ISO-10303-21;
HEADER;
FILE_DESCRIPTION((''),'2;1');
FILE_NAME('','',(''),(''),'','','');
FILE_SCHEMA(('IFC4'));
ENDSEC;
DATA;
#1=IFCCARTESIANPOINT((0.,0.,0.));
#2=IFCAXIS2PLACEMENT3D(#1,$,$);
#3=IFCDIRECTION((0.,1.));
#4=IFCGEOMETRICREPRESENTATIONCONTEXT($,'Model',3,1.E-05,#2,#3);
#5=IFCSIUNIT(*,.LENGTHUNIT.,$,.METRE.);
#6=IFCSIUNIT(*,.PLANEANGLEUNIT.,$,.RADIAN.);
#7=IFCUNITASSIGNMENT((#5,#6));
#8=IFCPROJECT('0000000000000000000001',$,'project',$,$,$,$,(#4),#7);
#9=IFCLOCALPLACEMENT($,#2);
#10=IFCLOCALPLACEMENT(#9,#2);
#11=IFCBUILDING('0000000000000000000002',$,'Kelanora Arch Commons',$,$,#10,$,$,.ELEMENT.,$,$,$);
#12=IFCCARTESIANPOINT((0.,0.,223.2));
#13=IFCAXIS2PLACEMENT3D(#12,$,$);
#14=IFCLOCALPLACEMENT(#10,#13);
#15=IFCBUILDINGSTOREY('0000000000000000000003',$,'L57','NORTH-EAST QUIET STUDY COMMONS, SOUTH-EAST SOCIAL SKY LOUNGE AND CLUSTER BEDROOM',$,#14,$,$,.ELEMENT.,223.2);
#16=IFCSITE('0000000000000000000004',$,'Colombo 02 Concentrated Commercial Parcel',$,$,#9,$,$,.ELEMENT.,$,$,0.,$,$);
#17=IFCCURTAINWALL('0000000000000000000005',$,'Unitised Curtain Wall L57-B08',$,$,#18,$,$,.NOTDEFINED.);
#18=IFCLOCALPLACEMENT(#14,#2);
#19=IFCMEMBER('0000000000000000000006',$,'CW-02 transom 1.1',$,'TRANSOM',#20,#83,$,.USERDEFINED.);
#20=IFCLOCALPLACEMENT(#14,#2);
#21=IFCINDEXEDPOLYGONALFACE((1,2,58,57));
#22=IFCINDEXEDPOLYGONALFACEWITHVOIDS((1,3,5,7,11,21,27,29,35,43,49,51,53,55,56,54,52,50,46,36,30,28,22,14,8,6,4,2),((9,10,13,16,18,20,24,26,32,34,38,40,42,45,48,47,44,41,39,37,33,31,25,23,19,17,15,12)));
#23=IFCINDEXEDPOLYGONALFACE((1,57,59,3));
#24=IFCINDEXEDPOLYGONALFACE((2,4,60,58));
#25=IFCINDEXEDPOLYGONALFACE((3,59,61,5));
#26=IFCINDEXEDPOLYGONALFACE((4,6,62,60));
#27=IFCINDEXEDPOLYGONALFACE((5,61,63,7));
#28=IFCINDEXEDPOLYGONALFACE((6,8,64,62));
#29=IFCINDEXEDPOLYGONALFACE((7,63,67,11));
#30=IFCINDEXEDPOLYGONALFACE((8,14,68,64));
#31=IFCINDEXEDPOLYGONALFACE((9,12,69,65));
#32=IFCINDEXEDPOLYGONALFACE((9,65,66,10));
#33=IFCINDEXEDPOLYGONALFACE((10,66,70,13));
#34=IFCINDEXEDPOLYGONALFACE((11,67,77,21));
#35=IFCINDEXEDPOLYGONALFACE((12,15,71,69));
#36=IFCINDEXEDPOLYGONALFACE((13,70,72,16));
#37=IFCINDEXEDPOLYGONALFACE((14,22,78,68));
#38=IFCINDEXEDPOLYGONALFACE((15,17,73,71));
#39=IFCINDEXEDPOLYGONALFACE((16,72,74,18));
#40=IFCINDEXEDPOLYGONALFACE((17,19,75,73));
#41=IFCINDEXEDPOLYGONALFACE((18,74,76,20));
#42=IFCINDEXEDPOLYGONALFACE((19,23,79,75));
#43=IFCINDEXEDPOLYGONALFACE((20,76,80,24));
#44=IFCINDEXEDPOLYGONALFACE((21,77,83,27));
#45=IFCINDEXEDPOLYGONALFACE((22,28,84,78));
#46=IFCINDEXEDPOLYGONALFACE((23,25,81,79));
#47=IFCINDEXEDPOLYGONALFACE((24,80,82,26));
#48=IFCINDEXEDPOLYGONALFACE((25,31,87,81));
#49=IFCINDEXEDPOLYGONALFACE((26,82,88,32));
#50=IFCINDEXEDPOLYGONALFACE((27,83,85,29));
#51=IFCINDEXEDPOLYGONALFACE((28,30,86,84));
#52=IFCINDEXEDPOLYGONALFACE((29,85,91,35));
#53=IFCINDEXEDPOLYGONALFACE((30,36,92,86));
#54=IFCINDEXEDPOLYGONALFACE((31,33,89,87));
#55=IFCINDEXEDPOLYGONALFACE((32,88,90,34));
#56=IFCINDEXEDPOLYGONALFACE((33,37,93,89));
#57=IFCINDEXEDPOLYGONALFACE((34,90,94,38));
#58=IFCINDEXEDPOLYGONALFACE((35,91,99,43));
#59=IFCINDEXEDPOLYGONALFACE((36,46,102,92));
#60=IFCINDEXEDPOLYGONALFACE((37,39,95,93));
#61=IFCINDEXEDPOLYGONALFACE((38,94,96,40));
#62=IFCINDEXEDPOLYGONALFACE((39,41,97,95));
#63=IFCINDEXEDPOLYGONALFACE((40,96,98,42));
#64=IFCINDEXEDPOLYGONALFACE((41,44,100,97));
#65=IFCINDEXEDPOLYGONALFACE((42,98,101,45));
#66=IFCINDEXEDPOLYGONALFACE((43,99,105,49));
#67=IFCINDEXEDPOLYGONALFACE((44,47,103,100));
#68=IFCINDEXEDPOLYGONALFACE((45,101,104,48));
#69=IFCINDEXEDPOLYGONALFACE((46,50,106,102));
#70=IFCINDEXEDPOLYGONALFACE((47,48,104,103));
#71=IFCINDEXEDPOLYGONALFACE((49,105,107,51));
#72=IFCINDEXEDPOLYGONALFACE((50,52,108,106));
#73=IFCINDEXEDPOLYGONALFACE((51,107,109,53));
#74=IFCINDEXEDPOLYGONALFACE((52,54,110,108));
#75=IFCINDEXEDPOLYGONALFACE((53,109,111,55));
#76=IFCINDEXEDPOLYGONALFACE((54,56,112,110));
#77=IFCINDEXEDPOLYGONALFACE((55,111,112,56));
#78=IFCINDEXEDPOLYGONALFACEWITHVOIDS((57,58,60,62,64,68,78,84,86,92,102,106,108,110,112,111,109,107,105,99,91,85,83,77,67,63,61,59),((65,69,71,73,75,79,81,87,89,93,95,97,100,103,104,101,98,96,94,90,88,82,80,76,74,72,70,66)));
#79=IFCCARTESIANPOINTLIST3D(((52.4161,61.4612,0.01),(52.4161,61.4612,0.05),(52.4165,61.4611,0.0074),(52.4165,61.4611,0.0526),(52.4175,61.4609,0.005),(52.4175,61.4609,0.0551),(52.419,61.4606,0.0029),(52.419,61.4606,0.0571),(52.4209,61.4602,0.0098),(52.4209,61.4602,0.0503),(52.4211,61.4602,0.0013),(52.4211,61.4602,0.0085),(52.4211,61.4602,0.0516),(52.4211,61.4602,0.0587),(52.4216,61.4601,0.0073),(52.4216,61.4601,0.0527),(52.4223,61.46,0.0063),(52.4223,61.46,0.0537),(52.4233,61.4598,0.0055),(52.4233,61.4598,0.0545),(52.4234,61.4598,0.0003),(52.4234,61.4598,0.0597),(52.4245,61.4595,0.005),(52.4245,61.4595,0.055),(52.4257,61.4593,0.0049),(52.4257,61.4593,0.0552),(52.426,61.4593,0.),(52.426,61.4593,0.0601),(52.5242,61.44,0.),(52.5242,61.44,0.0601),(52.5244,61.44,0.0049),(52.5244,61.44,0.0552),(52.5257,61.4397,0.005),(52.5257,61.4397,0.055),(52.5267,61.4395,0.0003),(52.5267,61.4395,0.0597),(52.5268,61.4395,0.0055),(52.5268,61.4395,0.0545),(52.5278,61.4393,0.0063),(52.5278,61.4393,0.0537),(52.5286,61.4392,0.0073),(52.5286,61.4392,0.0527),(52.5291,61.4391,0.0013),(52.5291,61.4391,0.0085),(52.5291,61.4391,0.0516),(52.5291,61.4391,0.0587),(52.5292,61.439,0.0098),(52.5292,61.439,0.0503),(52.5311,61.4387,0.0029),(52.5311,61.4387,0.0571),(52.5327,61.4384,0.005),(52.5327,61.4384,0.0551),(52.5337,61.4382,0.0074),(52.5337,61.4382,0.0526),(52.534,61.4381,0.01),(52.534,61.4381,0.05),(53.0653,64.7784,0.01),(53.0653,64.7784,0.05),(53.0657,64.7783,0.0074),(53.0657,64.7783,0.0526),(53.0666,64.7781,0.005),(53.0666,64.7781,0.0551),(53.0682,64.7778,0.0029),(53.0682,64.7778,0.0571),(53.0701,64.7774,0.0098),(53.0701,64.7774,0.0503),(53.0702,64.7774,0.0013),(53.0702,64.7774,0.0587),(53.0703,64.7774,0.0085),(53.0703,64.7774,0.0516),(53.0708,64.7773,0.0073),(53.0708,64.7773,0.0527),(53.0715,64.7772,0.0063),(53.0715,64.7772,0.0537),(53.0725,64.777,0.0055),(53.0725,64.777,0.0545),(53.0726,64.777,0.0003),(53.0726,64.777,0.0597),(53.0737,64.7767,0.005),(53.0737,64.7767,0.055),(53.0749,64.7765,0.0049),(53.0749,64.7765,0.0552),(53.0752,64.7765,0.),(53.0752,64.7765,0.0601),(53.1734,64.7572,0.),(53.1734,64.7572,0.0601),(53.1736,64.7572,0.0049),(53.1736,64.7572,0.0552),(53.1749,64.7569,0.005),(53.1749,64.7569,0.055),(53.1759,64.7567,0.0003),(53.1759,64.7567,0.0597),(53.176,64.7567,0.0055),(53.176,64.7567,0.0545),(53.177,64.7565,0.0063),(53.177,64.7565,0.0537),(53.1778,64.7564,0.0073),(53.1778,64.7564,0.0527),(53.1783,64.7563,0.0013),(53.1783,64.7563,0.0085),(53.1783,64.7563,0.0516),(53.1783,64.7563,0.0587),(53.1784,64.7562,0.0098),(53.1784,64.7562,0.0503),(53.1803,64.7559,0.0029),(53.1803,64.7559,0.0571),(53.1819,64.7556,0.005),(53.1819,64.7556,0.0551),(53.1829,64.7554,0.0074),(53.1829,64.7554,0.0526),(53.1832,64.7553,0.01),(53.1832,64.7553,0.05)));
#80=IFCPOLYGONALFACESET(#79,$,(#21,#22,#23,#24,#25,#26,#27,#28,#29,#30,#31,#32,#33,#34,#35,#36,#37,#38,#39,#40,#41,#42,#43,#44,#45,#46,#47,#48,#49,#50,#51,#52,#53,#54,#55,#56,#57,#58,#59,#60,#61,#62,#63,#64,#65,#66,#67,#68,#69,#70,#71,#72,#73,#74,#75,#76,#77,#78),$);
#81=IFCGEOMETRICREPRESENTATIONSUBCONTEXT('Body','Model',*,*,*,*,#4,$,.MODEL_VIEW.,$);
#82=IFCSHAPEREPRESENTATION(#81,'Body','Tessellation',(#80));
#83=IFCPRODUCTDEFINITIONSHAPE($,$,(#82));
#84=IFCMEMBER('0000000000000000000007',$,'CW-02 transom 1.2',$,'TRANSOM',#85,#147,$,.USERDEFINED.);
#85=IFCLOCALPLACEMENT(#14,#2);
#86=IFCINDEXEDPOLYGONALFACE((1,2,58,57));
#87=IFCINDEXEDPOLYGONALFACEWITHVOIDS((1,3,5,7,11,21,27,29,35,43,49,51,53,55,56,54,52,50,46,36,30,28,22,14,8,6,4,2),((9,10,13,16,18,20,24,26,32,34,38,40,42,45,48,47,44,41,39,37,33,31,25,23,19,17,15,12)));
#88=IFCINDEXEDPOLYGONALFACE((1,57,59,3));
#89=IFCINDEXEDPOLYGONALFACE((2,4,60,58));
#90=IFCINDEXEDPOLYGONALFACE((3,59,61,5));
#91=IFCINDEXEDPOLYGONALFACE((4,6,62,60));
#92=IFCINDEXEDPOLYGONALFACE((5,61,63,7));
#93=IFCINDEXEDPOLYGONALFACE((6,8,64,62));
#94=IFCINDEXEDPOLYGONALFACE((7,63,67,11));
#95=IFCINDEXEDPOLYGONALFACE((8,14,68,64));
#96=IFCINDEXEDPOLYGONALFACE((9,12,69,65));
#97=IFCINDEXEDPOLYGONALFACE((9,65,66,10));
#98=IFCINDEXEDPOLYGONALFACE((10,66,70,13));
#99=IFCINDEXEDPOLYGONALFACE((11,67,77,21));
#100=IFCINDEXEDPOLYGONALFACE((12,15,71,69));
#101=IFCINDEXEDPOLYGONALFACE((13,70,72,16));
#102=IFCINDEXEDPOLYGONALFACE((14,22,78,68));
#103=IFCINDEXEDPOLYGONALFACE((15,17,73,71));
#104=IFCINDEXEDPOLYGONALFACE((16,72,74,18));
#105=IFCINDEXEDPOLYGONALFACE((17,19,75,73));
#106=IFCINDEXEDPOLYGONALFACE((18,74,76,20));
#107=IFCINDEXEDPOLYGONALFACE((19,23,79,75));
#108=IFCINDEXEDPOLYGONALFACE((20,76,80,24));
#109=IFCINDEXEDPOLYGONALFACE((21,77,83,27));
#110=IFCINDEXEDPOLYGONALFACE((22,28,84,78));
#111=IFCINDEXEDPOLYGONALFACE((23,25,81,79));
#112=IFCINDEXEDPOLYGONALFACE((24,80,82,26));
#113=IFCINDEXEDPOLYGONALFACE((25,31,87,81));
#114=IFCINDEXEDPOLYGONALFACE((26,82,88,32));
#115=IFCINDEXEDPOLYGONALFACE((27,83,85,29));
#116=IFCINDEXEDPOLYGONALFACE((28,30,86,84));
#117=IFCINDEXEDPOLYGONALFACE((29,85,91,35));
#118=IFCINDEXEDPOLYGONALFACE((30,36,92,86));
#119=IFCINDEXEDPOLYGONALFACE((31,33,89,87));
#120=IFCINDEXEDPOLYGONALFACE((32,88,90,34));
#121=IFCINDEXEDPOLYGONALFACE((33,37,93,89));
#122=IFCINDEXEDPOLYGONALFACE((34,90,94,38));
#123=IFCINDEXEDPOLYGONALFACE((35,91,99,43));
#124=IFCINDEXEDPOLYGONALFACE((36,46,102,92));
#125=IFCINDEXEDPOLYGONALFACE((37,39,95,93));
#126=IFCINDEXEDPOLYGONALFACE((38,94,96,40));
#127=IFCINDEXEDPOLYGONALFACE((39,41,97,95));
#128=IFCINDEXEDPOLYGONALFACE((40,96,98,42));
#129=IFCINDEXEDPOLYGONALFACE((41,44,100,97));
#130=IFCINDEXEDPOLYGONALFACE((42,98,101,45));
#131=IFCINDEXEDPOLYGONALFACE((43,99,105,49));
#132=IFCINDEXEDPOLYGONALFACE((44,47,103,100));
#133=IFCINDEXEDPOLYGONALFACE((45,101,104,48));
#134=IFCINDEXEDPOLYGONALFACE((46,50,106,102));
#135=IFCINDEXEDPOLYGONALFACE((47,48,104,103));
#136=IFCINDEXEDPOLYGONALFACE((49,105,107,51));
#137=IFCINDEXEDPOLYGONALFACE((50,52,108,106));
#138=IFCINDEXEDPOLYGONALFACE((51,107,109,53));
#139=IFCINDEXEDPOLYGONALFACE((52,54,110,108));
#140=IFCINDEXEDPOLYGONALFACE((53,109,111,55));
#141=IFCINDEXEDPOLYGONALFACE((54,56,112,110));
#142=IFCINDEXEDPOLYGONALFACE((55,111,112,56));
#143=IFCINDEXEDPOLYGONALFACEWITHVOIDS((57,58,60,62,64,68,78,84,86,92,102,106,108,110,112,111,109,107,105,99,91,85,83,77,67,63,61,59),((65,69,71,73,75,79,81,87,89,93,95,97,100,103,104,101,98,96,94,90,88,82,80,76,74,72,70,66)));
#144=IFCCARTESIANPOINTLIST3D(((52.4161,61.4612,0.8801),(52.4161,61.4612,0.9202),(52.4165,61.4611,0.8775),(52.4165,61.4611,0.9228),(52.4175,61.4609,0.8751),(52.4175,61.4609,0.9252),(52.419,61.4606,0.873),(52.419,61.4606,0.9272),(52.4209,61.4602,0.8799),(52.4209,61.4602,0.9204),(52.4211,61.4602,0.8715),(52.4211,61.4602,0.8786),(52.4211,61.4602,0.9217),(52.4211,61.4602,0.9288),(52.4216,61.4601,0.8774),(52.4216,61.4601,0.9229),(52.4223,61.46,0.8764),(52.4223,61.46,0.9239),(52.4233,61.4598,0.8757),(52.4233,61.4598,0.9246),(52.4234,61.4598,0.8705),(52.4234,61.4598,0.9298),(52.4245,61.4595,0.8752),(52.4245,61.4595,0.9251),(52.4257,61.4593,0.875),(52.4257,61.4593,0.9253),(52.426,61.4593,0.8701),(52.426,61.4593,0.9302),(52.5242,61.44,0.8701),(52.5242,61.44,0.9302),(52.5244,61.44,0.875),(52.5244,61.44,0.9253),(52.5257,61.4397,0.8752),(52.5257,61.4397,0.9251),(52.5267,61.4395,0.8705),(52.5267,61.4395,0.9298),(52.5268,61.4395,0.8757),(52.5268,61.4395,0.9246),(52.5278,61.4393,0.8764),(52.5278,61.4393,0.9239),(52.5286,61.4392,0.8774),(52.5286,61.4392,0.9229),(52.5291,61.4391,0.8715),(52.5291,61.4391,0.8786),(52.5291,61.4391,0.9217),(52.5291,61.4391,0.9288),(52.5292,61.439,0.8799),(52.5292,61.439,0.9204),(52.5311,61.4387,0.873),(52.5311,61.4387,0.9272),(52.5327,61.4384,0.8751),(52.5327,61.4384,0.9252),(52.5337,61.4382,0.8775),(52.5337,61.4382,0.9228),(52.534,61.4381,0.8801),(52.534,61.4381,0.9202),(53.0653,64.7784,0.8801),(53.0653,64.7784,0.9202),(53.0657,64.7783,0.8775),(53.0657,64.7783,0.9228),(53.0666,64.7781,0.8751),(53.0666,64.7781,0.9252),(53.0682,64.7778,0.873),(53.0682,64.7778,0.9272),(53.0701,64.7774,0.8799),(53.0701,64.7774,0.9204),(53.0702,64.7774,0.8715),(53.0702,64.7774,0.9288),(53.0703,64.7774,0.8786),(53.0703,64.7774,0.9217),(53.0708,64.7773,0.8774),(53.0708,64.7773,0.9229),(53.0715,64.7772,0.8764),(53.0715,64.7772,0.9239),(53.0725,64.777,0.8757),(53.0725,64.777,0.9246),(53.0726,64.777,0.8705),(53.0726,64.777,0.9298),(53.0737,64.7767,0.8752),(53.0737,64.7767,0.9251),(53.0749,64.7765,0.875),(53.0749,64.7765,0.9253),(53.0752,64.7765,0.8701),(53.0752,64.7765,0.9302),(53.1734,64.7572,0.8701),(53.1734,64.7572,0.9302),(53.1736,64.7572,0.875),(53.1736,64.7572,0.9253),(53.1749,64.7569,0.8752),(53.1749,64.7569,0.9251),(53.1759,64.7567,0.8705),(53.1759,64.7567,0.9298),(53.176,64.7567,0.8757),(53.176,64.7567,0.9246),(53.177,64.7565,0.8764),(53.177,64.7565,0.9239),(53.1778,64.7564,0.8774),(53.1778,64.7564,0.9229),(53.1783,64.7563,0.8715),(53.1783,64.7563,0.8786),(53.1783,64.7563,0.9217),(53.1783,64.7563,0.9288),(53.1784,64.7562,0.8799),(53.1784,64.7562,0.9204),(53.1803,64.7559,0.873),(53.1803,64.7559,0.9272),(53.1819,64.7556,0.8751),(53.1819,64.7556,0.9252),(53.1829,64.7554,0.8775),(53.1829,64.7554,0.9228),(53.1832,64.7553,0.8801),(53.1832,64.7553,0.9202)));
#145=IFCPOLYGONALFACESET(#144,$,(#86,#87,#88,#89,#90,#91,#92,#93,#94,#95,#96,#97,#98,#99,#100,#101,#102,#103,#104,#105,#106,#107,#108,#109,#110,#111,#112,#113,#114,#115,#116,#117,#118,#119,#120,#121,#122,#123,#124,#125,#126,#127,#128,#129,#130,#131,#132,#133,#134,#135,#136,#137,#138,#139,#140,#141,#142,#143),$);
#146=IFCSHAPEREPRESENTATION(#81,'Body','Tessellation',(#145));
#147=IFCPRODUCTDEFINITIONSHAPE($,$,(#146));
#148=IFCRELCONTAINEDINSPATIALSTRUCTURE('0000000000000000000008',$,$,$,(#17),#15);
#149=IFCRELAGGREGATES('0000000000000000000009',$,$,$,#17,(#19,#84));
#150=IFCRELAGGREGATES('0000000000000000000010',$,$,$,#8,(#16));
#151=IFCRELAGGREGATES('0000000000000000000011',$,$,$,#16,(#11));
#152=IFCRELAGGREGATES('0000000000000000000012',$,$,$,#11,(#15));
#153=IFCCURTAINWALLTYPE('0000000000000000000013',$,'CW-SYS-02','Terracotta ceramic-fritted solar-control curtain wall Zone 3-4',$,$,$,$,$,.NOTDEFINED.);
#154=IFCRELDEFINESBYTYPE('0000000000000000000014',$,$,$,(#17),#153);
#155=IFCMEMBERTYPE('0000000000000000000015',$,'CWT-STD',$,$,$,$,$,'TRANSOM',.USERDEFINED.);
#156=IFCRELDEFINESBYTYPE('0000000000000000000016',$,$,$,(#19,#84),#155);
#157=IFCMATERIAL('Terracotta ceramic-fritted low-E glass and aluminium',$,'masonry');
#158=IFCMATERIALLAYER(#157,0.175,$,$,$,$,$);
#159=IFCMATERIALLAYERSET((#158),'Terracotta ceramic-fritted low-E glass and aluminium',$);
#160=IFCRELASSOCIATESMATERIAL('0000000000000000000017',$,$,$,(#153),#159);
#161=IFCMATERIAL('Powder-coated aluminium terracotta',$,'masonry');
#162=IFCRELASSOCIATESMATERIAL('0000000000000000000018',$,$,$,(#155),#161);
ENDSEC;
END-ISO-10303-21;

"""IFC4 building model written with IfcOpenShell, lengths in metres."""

from ifc_helpers import new_model, si_unit, direction, frame, origin, origin_2d, place, context, subcontext, project, spatial, hollow_rectangle, extrude, material, layer, layer_set, material_profile, profile_set, type_object, element, aggregate, save


model = new_model("IFC4")

# Units and contexts
model_context = context("Model", 3, precision=1e-05, world=origin(), true_north=direction((0.0, 1.0)))
body_context = subcontext(model_context, "Body", "Model", "MODEL_VIEW")
ifc_project = project(units=[si_unit("LENGTHUNIT", "METRE"), si_unit("PLANEANGLEUNIT", "RADIAN")], contexts=[model_context])

# Site, building, storey
site_placement = place(None, origin())
site = spatial("IfcSite", under=ifc_project, at=site_placement, Name="Colombo 02 Concentrated Commercial Parcel", CompositionType="ELEMENT", RefElevation=0.0)
building_placement = place(site_placement, origin())
building = spatial("IfcBuilding", under=site, at=building_placement, Name="Kelanora Arch Commons", CompositionType="ELEMENT")
storey_placement = place(building_placement, frame((0.0, 0.0, 223.2)))
storey = spatial("IfcBuildingStorey", under=building, at=storey_placement, Name="L57", Description="NORTH-EAST QUIET STUDY COMMONS, SOUTH-EAST SOCIAL SKY LOUNGE AND CLUSTER BEDROOM", CompositionType="ELEMENT", Elevation=223.2)

# Curtain wall, members
ifc_material_1 = material(Name="Terracotta ceramic-fritted low-E glass and aluminium", Category="masonry")
ifc_layer_1 = layer(ifc_material_1, 0.175)
ifc_layer_set_1 = layer_set([ifc_layer_1], Name="Terracotta ceramic-fritted low-E glass and aluminium")
curtain_wall_type = type_object("IfcCurtainWallType", Name="CW-SYS-02", Description="Terracotta ceramic-fritted solar-control curtain wall Zone 3-4", PredefinedType="NOTDEFINED", material=ifc_layer_set_1)
curtain_wall_placement = place(storey_placement, origin())
curtain_wall = element("IfcCurtainWall", 1, at=curtain_wall_placement, inside=storey, type_object=curtain_wall_type, Name="Unitised Curtain Wall L57-B08", PredefinedType="NOTDEFINED")
ifc_material_2 = material(Name="Powder-coated aluminium terracotta", Category="masonry")
ifc_material_profile_1 = material_profile(ifc_material_2, hollow_rectangle(XDim=0.1201, YDim=0.0601, WallThickness=0.0049, InnerFilletRadius=0.0049, OuterFilletRadius=0.01, at=origin_2d()), Name="CWT120x60")
ifc_profile_set_1 = profile_set([ifc_material_profile_1], Name="Powder-coated aluminium terracotta")
member_type_1 = type_object("IfcMemberType", Name="CWT-STD", ElementType="TRANSOM", PredefinedType="USERDEFINED", material=ifc_profile_set_1)
member_1_placement = place(storey_placement, frame((53.1243, 64.7668, 0.03), z_axis=(-0.192058, -0.981383, 0.0), x_axis=(0.981383, -0.192058, 0.0)))
member_1 = element("IfcMember", 2, at=member_1_placement, type_object=member_type_1, Name="CW-02 transom 1.1", ObjectType="TRANSOM", PredefinedType="USERDEFINED", context=body_context, shape_type="SweptSolid", body=[
    extrude(hollow_rectangle(XDim=0.1201, YDim=0.0601, WallThickness=0.0049, InnerFilletRadius=0.0049, OuterFilletRadius=0.01, at=origin_2d()), origin(), (0.0, 0.0, 1.0), 3.3801),
])
member_2_placement = place(storey_placement, frame((53.1243, 64.7668, 0.9001), z_axis=(-0.192058, -0.981383, 0.0), x_axis=(0.981383, -0.192058, 0.0)))
member_2 = element("IfcMember", 3, at=member_2_placement, type_object=member_type_1, Name="CW-02 transom 1.2", ObjectType="TRANSOM", PredefinedType="USERDEFINED", context=body_context, shape_type="SweptSolid", body=[
    extrude(hollow_rectangle(XDim=0.1201, YDim=0.0601, WallThickness=0.0049, InnerFilletRadius=0.0049, OuterFilletRadius=0.01, at=origin_2d()), origin(), (0.0, 0.0, 1.0), 3.3801),
])
aggregate(curtain_wall, [member_1, member_2])

save(model, "model.ifc")
